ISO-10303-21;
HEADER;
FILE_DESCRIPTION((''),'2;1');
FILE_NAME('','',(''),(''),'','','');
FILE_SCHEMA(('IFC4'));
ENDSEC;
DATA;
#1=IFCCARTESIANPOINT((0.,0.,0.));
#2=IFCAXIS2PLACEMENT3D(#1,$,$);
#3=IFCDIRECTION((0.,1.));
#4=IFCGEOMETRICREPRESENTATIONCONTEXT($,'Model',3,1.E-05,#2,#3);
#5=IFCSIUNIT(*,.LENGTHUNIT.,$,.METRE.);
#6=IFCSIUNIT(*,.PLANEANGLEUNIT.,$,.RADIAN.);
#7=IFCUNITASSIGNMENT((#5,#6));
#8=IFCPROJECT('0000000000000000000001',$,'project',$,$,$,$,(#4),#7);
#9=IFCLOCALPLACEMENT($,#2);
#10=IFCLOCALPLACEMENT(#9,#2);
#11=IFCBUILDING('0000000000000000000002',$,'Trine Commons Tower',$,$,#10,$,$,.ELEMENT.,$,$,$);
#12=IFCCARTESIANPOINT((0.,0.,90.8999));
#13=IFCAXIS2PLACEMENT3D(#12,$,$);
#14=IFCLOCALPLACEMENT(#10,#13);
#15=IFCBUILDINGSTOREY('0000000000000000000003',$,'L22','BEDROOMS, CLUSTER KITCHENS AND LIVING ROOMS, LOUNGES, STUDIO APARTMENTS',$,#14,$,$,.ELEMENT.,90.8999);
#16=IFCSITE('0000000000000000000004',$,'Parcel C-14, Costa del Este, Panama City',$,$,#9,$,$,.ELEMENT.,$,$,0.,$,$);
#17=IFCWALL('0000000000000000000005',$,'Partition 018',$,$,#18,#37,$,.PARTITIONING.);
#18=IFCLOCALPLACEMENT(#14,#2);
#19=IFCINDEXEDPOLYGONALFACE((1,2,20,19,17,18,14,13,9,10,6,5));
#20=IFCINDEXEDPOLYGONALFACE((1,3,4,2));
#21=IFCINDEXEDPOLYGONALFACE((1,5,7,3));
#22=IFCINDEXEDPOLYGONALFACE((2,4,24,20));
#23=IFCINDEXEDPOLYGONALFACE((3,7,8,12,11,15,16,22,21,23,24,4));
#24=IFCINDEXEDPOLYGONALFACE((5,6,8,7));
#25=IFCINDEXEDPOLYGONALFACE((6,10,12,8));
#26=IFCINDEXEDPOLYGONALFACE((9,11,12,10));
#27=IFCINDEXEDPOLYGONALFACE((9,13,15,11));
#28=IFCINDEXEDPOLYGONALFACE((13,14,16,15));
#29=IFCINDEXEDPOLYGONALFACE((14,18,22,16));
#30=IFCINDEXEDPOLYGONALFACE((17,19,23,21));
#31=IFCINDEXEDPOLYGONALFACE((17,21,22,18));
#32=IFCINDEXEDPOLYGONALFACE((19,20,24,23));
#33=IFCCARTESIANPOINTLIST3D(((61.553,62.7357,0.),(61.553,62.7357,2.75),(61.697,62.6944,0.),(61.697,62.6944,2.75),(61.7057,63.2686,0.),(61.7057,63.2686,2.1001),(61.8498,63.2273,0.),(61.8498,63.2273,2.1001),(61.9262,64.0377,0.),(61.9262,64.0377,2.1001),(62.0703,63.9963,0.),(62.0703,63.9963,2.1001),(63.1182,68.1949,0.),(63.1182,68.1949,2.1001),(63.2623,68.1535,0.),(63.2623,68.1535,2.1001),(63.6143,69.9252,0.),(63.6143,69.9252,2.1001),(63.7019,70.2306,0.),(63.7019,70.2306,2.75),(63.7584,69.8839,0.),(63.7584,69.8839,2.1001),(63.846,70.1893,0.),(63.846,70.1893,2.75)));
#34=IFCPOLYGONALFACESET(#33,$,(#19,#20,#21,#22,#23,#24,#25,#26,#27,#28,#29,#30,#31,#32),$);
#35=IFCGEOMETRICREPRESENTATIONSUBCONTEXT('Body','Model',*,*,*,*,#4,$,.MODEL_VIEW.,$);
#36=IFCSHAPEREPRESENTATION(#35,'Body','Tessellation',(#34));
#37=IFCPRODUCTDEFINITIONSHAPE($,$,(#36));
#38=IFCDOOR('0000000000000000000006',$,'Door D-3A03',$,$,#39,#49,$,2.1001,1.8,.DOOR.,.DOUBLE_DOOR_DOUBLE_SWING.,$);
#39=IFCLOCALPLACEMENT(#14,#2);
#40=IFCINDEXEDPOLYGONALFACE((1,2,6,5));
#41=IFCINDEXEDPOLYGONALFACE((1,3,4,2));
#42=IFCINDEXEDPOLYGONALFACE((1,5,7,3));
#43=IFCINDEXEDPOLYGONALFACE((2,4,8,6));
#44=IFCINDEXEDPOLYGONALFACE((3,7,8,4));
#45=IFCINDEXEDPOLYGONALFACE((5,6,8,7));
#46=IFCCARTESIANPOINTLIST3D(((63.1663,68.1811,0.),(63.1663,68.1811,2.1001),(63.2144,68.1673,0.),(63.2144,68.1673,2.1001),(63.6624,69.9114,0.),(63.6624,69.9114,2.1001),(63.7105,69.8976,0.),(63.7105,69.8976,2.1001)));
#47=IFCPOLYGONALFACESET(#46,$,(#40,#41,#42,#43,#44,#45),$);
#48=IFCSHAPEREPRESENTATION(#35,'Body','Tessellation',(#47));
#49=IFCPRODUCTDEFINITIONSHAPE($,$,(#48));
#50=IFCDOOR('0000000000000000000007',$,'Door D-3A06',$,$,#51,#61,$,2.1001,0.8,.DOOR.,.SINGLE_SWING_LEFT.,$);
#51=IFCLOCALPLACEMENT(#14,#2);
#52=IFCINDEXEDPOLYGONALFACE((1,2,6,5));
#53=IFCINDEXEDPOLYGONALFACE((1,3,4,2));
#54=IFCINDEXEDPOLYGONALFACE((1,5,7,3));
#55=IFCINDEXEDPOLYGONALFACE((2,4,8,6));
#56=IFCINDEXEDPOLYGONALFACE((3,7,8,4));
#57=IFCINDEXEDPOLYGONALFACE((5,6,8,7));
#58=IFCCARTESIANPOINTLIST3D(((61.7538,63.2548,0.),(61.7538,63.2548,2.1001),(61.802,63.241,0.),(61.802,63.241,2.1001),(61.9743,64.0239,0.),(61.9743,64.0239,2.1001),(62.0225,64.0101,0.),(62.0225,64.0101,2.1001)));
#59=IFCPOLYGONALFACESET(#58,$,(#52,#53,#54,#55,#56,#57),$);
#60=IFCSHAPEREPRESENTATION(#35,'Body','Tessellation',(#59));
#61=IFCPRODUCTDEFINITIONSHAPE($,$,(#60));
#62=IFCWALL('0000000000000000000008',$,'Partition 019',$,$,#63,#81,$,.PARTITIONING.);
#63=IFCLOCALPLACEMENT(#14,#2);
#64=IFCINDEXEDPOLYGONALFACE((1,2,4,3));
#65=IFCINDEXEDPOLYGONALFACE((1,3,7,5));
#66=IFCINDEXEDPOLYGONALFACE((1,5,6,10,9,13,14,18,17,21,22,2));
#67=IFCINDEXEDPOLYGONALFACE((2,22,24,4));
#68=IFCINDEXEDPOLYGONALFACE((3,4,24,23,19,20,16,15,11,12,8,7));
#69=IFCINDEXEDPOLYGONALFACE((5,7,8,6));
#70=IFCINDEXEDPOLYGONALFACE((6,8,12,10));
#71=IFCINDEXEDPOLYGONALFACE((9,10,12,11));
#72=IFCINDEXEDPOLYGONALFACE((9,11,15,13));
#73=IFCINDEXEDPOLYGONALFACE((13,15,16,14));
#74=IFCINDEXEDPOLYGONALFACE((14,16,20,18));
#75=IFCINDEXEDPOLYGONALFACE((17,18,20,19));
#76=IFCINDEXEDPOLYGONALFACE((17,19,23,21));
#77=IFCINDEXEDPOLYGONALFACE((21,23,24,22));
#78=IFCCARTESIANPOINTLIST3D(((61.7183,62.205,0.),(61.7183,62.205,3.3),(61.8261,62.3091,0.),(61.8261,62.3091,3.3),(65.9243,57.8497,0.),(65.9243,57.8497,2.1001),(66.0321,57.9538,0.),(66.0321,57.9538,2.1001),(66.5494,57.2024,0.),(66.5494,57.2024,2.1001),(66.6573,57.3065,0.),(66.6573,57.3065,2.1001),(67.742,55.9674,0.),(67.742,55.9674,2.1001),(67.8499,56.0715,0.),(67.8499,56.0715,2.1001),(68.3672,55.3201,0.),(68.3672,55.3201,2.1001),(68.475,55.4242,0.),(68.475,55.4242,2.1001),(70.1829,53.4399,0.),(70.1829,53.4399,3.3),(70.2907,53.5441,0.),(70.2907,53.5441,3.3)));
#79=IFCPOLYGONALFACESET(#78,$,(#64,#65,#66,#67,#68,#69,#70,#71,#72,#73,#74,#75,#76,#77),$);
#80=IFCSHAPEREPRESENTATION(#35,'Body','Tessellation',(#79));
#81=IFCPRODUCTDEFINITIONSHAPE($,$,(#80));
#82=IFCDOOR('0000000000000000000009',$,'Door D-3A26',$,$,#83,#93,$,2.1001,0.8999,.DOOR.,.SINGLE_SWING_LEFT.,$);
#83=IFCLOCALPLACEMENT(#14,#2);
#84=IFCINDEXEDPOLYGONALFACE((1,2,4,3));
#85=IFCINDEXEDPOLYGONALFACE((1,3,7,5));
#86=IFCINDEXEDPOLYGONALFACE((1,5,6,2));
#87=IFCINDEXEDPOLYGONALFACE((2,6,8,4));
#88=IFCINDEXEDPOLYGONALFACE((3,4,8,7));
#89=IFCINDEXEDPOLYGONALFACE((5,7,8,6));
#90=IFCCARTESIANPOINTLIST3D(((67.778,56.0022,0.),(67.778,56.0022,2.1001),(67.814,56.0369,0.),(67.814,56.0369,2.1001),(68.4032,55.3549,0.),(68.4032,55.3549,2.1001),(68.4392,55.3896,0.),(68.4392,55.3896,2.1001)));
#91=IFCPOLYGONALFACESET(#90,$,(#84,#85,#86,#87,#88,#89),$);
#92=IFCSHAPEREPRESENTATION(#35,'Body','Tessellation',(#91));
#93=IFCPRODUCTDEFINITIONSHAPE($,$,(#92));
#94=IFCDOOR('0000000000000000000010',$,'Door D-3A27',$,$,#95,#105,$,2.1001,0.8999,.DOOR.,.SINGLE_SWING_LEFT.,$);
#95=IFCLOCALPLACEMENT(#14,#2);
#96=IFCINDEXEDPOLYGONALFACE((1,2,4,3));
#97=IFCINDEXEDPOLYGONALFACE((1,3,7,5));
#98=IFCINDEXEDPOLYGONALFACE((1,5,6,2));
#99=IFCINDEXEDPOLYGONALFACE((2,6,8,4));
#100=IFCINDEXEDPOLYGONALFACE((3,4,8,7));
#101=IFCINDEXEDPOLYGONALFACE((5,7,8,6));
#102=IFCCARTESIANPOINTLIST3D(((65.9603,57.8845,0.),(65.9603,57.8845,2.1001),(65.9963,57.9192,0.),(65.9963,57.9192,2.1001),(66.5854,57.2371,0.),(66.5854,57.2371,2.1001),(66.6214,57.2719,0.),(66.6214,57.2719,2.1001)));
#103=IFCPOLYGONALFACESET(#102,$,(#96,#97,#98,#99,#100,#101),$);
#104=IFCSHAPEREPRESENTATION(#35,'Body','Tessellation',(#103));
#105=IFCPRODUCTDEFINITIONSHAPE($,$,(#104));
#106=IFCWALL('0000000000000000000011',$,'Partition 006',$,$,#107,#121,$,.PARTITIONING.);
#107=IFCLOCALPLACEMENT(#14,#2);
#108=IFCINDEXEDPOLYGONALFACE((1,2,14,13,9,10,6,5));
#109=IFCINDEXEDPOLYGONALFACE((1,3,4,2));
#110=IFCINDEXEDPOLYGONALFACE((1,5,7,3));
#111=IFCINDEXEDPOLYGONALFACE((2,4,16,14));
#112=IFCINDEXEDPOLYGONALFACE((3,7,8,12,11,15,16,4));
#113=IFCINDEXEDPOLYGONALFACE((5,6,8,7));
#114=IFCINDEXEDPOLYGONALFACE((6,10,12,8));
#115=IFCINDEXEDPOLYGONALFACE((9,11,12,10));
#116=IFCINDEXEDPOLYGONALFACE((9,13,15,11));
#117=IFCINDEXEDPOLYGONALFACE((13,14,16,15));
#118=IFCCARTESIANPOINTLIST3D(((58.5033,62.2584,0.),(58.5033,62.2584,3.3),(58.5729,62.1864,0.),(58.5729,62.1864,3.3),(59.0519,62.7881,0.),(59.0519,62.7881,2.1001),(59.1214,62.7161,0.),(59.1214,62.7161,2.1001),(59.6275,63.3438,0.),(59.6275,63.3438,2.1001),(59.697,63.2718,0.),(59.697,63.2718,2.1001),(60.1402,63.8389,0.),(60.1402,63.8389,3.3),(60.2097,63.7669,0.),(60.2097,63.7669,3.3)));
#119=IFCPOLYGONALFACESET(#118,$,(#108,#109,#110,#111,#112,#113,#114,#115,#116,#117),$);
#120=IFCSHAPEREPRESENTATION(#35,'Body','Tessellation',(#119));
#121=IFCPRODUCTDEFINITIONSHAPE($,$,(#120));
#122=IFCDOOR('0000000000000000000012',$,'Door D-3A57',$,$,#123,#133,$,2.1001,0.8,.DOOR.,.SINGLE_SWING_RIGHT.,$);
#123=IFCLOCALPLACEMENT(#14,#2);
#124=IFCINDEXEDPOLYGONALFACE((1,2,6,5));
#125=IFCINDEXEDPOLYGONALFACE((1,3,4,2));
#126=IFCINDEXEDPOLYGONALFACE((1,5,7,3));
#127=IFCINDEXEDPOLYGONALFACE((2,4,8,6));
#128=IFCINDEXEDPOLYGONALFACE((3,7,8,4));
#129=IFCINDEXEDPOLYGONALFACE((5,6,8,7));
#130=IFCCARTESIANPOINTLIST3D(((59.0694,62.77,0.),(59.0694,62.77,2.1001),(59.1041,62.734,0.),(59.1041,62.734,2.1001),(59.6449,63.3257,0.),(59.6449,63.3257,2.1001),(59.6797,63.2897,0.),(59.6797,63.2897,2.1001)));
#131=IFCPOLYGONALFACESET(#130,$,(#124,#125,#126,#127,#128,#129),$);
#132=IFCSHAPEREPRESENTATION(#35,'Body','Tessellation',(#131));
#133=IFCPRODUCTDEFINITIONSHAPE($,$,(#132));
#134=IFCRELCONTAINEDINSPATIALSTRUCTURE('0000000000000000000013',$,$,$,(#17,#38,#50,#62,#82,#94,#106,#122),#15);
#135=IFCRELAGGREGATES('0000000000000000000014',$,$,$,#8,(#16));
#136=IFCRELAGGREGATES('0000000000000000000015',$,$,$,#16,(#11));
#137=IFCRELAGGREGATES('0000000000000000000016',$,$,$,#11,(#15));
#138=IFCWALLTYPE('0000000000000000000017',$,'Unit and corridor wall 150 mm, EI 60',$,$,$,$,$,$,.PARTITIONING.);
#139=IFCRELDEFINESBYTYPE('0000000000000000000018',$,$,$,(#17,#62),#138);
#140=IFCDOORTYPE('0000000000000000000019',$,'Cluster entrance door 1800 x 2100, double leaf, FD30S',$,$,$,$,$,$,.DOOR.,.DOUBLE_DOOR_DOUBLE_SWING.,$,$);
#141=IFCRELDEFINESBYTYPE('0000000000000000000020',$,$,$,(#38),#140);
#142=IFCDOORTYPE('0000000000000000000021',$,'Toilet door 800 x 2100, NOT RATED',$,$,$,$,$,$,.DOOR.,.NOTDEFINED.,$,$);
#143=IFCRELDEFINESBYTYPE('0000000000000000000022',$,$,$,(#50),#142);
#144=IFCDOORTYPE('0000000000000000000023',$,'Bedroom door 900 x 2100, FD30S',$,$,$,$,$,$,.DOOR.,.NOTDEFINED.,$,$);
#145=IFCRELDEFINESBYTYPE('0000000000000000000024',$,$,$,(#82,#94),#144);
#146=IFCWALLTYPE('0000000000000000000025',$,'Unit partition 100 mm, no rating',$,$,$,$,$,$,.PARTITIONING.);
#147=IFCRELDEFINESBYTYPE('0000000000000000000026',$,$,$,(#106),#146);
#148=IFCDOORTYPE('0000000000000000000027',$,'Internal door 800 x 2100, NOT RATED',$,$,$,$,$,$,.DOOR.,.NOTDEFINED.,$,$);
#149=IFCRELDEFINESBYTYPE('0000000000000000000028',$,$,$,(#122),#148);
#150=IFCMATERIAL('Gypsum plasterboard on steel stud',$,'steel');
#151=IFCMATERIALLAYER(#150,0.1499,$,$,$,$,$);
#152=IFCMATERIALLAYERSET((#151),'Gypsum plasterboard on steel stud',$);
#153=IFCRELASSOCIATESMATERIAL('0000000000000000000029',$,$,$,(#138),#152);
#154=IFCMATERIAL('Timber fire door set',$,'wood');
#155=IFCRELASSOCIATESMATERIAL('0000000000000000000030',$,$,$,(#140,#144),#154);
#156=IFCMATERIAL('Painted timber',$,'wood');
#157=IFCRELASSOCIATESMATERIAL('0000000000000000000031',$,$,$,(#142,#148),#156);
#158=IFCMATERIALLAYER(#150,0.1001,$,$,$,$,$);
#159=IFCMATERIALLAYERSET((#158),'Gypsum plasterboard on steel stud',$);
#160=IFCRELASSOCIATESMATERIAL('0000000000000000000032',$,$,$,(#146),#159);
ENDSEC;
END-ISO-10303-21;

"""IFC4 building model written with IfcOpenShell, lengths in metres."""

from ifc_helpers import new_model, si_unit, direction, frame, frame_2d, origin, place, context, subcontext, project, spatial, rectangle, extrude, material, layer, layer_set, type_object, element, fill, save


model = new_model("IFC4")

# Units and contexts
model_context = context("Model", 3, precision=1e-05, world=origin(), true_north=direction((0.0, 1.0)))
body_context = subcontext(model_context, "Body", "Model", "MODEL_VIEW")
ifc_project = project(units=[si_unit("LENGTHUNIT", "METRE"), si_unit("PLANEANGLEUNIT", "RADIAN")], contexts=[model_context])

# Site, building, storey
site_placement = place(None, origin())
site = spatial("IfcSite", under=ifc_project, at=site_placement, Name="Parcel C-14, Costa del Este, Panama City", CompositionType="ELEMENT", RefElevation=0.0)
building_placement = place(site_placement, origin())
building = spatial("IfcBuilding", under=site, at=building_placement, Name="Trine Commons Tower", CompositionType="ELEMENT")
storey_placement = place(building_placement, frame((0.0, 0.0, 90.8999)))
storey = spatial("IfcBuildingStorey", under=building, at=storey_placement, Name="L22", Description="BEDROOMS, CLUSTER KITCHENS AND LIVING ROOMS, LOUNGES, STUDIO APARTMENTS", CompositionType="ELEMENT", Elevation=90.8999)

# Shared definitions
ifc_material_1 = material(Name="Gypsum plasterboard on steel stud", Category="steel")
ifc_layer_1 = layer(ifc_material_1, 0.1499)
ifc_layer_set_1 = layer_set([ifc_layer_1], Name="Gypsum plasterboard on steel stud")
wall_type_1 = type_object("IfcWallType", Name="Unit and corridor wall 150 mm, EI 60", PredefinedType="PARTITIONING", material=ifc_layer_set_1)

# Walls, openings, doors
wall_1_placement = place(storey_placement, frame((61.625, 62.7151, 0.0), z_axis=(0.0, 0.0, 1.0), x_axis=(0.275614, 0.961268, 0.0)))
wall_1 = element("IfcWall", 1, at=wall_1_placement, inside=storey, type_object=wall_type_1, Name="Partition 018", PredefinedType="PARTITIONING", context=body_context, shape_type="SweptSolid", body=[
    extrude(rectangle(XDim=7.7969, YDim=0.1499, at=frame_2d((3.8984, 0.0))), origin(), (0.0, 0.0, 1.0), 2.75),
])
opening_1_placement = place(wall_1_placement, frame((5.6792, 0.0, 0.0)))
opening_1 = element("IfcOpeningElement", 2, at=opening_1_placement, cuts=wall_1, PredefinedType="OPENING", context=body_context, shape_type="SweptSolid", body=[
    extrude(rectangle(XDim=1.8, YDim=2.1001, at=frame_2d((0.8999, 1.05))), frame((0.0, 0.085, 0.0), z_axis=(0.0, -1.0, 0.0), x_axis=(1.0, 0.0, 0.0)), (0.0, 0.0, 1.0), 0.1699),
])
opening_2_placement = place(wall_1_placement, frame((0.5544, 0.0, 0.0)))
opening_2 = element("IfcOpeningElement", 3, at=opening_2_placement, cuts=wall_1, PredefinedType="OPENING", context=body_context, shape_type="SweptSolid", body=[
    extrude(rectangle(XDim=0.8, YDim=2.1001, at=frame_2d((0.3999, 1.05))), frame((0.0, 0.085, 0.0), z_axis=(0.0, -1.0, 0.0), x_axis=(1.0, 0.0, 0.0)), (0.0, 0.0, 1.0), 0.1699),
])
ifc_material_2 = material(Name="Timber fire door set", Category="wood")
door_type_1 = type_object("IfcDoorType", Name="Cluster entrance door 1800 x 2100, double leaf, FD30S", OperationType="DOUBLE_DOOR_DOUBLE_SWING", PredefinedType="DOOR", material=ifc_material_2)
door_1_placement = place(opening_1_placement, origin())
door_1 = element("IfcDoor", 4, at=door_1_placement, inside=storey, type_object=door_type_1, Name="Door D-3A03", OperationType="DOUBLE_DOOR_DOUBLE_SWING", OverallHeight=2.1001, OverallWidth=1.8, PredefinedType="DOOR", context=body_context, shape_type="SweptSolid", body=[
    extrude(rectangle(XDim=1.8, YDim=2.1001, at=frame_2d((0.8999, 1.05))), frame((0.0, 0.0249, 0.0), z_axis=(0.0, -1.0, 0.0), x_axis=(1.0, 0.0, 0.0)), (0.0, 0.0, 1.0), 0.05),
])
fill(opening_1, door_1)
ifc_material_3 = material(Name="Painted timber", Category="wood")
door_type_2 = type_object("IfcDoorType", Name="Toilet door 800 x 2100, NOT RATED", OperationType="NOTDEFINED", PredefinedType="DOOR", material=ifc_material_3)
door_2_placement = place(opening_2_placement, origin())
door_2 = element("IfcDoor", 5, at=door_2_placement, inside=storey, type_object=door_type_2, Name="Door D-3A06", OperationType="SINGLE_SWING_LEFT", OverallHeight=2.1001, OverallWidth=0.8, PredefinedType="DOOR", context=body_context, shape_type="SweptSolid", body=[
    extrude(rectangle(XDim=0.8, YDim=2.1001, at=frame_2d((0.3999, 1.05))), frame((0.0, 0.0249, 0.0), z_axis=(0.0, -1.0, 0.0), x_axis=(1.0, 0.0, 0.0)), (0.0, 0.0, 1.0), 0.05),
])
fill(opening_2, door_2)
wall_2_placement = place(storey_placement, frame((61.7722, 62.2571, 0.0), z_axis=(0.0, 0.0, 1.0), x_axis=(0.694667, -0.719331, 0.0)))
wall_2 = element("IfcWall", 6, at=wall_2_placement, inside=storey, type_object=wall_type_1, Name="Partition 019", PredefinedType="PARTITIONING", context=body_context, shape_type="SweptSolid", body=[
    extrude(rectangle(XDim=12.1851, YDim=0.1499, at=frame_2d((6.0925, 0.0))), origin(), (0.0, 0.0, 1.0), 3.3),
])
opening_3_placement = place(wall_2_placement, frame((8.6714, 0.0, 0.0)))
opening_3 = element("IfcOpeningElement", 7, at=opening_3_placement, cuts=wall_2, PredefinedType="OPENING", context=body_context, shape_type="SweptSolid", body=[
    extrude(rectangle(XDim=0.8999, YDim=2.1001, at=frame_2d((0.45, 1.05))), frame((0.0, 0.085, 0.0), z_axis=(0.0, -1.0, 0.0), x_axis=(1.0, 0.0, 0.0)), (0.0, 0.0, 1.0), 0.1699),
])
opening_4_placement = place(wall_2_placement, frame((6.0547, 0.0, 0.0)))
opening_4 = element("IfcOpeningElement", 8, at=opening_4_placement, cuts=wall_2, PredefinedType="OPENING", context=body_context, shape_type="SweptSolid", body=[
    extrude(rectangle(XDim=0.8999, YDim=2.1001, at=frame_2d((0.45, 1.05))), frame((0.0, 0.085, 0.0), z_axis=(0.0, -1.0, 0.0), x_axis=(1.0, 0.0, 0.0)), (0.0, 0.0, 1.0), 0.1699),
])
door_type_3 = type_object("IfcDoorType", Name="Bedroom door 900 x 2100, FD30S", OperationType="NOTDEFINED", PredefinedType="DOOR", material=ifc_material_2)
door_3_placement = place(opening_3_placement, frame((0.8999, 0.0, 0.0), z_axis=(0.0, 0.0, 1.0), x_axis=(-1.0, 0.0, 0.0)))
door_3 = element("IfcDoor", 9, at=door_3_placement, inside=storey, type_object=door_type_3, Name="Door D-3A26", OperationType="SINGLE_SWING_LEFT", OverallHeight=2.1001, OverallWidth=0.8999, PredefinedType="DOOR", context=body_context, shape_type="SweptSolid", body=[
    extrude(rectangle(XDim=0.8999, YDim=2.1001, at=frame_2d((0.45, 1.05))), frame((0.0, 0.0249, 0.0), z_axis=(0.0, -1.0, 0.0), x_axis=(1.0, 0.0, 0.0)), (0.0, 0.0, 1.0), 0.05),
])
fill(opening_3, door_3)
door_4_placement = place(opening_4_placement, frame((0.8999, 0.0, 0.0), z_axis=(0.0, 0.0, 1.0), x_axis=(-1.0, 0.0, 0.0)))
door_4 = element("IfcDoor", 10, at=door_4_placement, inside=storey, type_object=door_type_3, Name="Door D-3A27", OperationType="SINGLE_SWING_LEFT", OverallHeight=2.1001, OverallWidth=0.8999, PredefinedType="DOOR", context=body_context, shape_type="SweptSolid", body=[
    extrude(rectangle(XDim=0.8999, YDim=2.1001, at=frame_2d((0.45, 1.05))), frame((0.0, 0.0249, 0.0), z_axis=(0.0, -1.0, 0.0), x_axis=(1.0, 0.0, 0.0)), (0.0, 0.0, 1.0), 0.05),
])
fill(opening_4, door_4)

# Wall, opening, door
ifc_layer_2 = layer(ifc_material_1, 0.1001)
ifc_layer_set_2 = layer_set([ifc_layer_2], Name="Gypsum plasterboard on steel stud")
wall_type_2 = type_object("IfcWallType", Name="Unit partition 100 mm, no rating", PredefinedType="PARTITIONING", material=ifc_layer_set_2)
wall_3_placement = place(storey_placement, frame((58.5381, 62.2224, 0.0), z_axis=(0.0, 0.0, 1.0), x_axis=(0.71939, 0.694606, 0.0)))
wall_3 = element("IfcWall", 11, at=wall_3_placement, inside=storey, type_object=wall_type_2, Name="Partition 006", PredefinedType="PARTITIONING", context=body_context, shape_type="SweptSolid", body=[
    extrude(rectangle(XDim=2.2754, YDim=0.1001, at=frame_2d((1.1377, 0.0))), origin(), (0.0, 0.0, 1.0), 3.3),
])
opening_5_placement = place(wall_3_placement, frame((0.7627, 0.0, 0.0)))
opening_5 = element("IfcOpeningElement", 12, at=opening_5_placement, cuts=wall_3, PredefinedType="OPENING", context=body_context, shape_type="SweptSolid", body=[
    extrude(rectangle(XDim=0.8, YDim=2.1001, at=frame_2d((0.3999, 1.05))), frame((0.0, 0.0601, 0.0), z_axis=(0.0, -1.0, 0.0), x_axis=(1.0, 0.0, 0.0)), (0.0, 0.0, 1.0), 0.1201),
])
door_type_4 = type_object("IfcDoorType", Name="Internal door 800 x 2100, NOT RATED", OperationType="NOTDEFINED", PredefinedType="DOOR", material=ifc_material_3)
door_5_placement = place(opening_5_placement, origin())
door_5 = element("IfcDoor", 13, at=door_5_placement, inside=storey, type_object=door_type_4, Name="Door D-3A57", OperationType="SINGLE_SWING_RIGHT", OverallHeight=2.1001, OverallWidth=0.8, PredefinedType="DOOR", context=body_context, shape_type="SweptSolid", body=[
    extrude(rectangle(XDim=0.8, YDim=2.1001, at=frame_2d((0.3999, 1.05))), frame((0.0, 0.0249, 0.0), z_axis=(0.0, -1.0, 0.0), x_axis=(1.0, 0.0, 0.0)), (0.0, 0.0, 1.0), 0.05),
])
fill(opening_5, door_5)

save(model, "model.ifc")
